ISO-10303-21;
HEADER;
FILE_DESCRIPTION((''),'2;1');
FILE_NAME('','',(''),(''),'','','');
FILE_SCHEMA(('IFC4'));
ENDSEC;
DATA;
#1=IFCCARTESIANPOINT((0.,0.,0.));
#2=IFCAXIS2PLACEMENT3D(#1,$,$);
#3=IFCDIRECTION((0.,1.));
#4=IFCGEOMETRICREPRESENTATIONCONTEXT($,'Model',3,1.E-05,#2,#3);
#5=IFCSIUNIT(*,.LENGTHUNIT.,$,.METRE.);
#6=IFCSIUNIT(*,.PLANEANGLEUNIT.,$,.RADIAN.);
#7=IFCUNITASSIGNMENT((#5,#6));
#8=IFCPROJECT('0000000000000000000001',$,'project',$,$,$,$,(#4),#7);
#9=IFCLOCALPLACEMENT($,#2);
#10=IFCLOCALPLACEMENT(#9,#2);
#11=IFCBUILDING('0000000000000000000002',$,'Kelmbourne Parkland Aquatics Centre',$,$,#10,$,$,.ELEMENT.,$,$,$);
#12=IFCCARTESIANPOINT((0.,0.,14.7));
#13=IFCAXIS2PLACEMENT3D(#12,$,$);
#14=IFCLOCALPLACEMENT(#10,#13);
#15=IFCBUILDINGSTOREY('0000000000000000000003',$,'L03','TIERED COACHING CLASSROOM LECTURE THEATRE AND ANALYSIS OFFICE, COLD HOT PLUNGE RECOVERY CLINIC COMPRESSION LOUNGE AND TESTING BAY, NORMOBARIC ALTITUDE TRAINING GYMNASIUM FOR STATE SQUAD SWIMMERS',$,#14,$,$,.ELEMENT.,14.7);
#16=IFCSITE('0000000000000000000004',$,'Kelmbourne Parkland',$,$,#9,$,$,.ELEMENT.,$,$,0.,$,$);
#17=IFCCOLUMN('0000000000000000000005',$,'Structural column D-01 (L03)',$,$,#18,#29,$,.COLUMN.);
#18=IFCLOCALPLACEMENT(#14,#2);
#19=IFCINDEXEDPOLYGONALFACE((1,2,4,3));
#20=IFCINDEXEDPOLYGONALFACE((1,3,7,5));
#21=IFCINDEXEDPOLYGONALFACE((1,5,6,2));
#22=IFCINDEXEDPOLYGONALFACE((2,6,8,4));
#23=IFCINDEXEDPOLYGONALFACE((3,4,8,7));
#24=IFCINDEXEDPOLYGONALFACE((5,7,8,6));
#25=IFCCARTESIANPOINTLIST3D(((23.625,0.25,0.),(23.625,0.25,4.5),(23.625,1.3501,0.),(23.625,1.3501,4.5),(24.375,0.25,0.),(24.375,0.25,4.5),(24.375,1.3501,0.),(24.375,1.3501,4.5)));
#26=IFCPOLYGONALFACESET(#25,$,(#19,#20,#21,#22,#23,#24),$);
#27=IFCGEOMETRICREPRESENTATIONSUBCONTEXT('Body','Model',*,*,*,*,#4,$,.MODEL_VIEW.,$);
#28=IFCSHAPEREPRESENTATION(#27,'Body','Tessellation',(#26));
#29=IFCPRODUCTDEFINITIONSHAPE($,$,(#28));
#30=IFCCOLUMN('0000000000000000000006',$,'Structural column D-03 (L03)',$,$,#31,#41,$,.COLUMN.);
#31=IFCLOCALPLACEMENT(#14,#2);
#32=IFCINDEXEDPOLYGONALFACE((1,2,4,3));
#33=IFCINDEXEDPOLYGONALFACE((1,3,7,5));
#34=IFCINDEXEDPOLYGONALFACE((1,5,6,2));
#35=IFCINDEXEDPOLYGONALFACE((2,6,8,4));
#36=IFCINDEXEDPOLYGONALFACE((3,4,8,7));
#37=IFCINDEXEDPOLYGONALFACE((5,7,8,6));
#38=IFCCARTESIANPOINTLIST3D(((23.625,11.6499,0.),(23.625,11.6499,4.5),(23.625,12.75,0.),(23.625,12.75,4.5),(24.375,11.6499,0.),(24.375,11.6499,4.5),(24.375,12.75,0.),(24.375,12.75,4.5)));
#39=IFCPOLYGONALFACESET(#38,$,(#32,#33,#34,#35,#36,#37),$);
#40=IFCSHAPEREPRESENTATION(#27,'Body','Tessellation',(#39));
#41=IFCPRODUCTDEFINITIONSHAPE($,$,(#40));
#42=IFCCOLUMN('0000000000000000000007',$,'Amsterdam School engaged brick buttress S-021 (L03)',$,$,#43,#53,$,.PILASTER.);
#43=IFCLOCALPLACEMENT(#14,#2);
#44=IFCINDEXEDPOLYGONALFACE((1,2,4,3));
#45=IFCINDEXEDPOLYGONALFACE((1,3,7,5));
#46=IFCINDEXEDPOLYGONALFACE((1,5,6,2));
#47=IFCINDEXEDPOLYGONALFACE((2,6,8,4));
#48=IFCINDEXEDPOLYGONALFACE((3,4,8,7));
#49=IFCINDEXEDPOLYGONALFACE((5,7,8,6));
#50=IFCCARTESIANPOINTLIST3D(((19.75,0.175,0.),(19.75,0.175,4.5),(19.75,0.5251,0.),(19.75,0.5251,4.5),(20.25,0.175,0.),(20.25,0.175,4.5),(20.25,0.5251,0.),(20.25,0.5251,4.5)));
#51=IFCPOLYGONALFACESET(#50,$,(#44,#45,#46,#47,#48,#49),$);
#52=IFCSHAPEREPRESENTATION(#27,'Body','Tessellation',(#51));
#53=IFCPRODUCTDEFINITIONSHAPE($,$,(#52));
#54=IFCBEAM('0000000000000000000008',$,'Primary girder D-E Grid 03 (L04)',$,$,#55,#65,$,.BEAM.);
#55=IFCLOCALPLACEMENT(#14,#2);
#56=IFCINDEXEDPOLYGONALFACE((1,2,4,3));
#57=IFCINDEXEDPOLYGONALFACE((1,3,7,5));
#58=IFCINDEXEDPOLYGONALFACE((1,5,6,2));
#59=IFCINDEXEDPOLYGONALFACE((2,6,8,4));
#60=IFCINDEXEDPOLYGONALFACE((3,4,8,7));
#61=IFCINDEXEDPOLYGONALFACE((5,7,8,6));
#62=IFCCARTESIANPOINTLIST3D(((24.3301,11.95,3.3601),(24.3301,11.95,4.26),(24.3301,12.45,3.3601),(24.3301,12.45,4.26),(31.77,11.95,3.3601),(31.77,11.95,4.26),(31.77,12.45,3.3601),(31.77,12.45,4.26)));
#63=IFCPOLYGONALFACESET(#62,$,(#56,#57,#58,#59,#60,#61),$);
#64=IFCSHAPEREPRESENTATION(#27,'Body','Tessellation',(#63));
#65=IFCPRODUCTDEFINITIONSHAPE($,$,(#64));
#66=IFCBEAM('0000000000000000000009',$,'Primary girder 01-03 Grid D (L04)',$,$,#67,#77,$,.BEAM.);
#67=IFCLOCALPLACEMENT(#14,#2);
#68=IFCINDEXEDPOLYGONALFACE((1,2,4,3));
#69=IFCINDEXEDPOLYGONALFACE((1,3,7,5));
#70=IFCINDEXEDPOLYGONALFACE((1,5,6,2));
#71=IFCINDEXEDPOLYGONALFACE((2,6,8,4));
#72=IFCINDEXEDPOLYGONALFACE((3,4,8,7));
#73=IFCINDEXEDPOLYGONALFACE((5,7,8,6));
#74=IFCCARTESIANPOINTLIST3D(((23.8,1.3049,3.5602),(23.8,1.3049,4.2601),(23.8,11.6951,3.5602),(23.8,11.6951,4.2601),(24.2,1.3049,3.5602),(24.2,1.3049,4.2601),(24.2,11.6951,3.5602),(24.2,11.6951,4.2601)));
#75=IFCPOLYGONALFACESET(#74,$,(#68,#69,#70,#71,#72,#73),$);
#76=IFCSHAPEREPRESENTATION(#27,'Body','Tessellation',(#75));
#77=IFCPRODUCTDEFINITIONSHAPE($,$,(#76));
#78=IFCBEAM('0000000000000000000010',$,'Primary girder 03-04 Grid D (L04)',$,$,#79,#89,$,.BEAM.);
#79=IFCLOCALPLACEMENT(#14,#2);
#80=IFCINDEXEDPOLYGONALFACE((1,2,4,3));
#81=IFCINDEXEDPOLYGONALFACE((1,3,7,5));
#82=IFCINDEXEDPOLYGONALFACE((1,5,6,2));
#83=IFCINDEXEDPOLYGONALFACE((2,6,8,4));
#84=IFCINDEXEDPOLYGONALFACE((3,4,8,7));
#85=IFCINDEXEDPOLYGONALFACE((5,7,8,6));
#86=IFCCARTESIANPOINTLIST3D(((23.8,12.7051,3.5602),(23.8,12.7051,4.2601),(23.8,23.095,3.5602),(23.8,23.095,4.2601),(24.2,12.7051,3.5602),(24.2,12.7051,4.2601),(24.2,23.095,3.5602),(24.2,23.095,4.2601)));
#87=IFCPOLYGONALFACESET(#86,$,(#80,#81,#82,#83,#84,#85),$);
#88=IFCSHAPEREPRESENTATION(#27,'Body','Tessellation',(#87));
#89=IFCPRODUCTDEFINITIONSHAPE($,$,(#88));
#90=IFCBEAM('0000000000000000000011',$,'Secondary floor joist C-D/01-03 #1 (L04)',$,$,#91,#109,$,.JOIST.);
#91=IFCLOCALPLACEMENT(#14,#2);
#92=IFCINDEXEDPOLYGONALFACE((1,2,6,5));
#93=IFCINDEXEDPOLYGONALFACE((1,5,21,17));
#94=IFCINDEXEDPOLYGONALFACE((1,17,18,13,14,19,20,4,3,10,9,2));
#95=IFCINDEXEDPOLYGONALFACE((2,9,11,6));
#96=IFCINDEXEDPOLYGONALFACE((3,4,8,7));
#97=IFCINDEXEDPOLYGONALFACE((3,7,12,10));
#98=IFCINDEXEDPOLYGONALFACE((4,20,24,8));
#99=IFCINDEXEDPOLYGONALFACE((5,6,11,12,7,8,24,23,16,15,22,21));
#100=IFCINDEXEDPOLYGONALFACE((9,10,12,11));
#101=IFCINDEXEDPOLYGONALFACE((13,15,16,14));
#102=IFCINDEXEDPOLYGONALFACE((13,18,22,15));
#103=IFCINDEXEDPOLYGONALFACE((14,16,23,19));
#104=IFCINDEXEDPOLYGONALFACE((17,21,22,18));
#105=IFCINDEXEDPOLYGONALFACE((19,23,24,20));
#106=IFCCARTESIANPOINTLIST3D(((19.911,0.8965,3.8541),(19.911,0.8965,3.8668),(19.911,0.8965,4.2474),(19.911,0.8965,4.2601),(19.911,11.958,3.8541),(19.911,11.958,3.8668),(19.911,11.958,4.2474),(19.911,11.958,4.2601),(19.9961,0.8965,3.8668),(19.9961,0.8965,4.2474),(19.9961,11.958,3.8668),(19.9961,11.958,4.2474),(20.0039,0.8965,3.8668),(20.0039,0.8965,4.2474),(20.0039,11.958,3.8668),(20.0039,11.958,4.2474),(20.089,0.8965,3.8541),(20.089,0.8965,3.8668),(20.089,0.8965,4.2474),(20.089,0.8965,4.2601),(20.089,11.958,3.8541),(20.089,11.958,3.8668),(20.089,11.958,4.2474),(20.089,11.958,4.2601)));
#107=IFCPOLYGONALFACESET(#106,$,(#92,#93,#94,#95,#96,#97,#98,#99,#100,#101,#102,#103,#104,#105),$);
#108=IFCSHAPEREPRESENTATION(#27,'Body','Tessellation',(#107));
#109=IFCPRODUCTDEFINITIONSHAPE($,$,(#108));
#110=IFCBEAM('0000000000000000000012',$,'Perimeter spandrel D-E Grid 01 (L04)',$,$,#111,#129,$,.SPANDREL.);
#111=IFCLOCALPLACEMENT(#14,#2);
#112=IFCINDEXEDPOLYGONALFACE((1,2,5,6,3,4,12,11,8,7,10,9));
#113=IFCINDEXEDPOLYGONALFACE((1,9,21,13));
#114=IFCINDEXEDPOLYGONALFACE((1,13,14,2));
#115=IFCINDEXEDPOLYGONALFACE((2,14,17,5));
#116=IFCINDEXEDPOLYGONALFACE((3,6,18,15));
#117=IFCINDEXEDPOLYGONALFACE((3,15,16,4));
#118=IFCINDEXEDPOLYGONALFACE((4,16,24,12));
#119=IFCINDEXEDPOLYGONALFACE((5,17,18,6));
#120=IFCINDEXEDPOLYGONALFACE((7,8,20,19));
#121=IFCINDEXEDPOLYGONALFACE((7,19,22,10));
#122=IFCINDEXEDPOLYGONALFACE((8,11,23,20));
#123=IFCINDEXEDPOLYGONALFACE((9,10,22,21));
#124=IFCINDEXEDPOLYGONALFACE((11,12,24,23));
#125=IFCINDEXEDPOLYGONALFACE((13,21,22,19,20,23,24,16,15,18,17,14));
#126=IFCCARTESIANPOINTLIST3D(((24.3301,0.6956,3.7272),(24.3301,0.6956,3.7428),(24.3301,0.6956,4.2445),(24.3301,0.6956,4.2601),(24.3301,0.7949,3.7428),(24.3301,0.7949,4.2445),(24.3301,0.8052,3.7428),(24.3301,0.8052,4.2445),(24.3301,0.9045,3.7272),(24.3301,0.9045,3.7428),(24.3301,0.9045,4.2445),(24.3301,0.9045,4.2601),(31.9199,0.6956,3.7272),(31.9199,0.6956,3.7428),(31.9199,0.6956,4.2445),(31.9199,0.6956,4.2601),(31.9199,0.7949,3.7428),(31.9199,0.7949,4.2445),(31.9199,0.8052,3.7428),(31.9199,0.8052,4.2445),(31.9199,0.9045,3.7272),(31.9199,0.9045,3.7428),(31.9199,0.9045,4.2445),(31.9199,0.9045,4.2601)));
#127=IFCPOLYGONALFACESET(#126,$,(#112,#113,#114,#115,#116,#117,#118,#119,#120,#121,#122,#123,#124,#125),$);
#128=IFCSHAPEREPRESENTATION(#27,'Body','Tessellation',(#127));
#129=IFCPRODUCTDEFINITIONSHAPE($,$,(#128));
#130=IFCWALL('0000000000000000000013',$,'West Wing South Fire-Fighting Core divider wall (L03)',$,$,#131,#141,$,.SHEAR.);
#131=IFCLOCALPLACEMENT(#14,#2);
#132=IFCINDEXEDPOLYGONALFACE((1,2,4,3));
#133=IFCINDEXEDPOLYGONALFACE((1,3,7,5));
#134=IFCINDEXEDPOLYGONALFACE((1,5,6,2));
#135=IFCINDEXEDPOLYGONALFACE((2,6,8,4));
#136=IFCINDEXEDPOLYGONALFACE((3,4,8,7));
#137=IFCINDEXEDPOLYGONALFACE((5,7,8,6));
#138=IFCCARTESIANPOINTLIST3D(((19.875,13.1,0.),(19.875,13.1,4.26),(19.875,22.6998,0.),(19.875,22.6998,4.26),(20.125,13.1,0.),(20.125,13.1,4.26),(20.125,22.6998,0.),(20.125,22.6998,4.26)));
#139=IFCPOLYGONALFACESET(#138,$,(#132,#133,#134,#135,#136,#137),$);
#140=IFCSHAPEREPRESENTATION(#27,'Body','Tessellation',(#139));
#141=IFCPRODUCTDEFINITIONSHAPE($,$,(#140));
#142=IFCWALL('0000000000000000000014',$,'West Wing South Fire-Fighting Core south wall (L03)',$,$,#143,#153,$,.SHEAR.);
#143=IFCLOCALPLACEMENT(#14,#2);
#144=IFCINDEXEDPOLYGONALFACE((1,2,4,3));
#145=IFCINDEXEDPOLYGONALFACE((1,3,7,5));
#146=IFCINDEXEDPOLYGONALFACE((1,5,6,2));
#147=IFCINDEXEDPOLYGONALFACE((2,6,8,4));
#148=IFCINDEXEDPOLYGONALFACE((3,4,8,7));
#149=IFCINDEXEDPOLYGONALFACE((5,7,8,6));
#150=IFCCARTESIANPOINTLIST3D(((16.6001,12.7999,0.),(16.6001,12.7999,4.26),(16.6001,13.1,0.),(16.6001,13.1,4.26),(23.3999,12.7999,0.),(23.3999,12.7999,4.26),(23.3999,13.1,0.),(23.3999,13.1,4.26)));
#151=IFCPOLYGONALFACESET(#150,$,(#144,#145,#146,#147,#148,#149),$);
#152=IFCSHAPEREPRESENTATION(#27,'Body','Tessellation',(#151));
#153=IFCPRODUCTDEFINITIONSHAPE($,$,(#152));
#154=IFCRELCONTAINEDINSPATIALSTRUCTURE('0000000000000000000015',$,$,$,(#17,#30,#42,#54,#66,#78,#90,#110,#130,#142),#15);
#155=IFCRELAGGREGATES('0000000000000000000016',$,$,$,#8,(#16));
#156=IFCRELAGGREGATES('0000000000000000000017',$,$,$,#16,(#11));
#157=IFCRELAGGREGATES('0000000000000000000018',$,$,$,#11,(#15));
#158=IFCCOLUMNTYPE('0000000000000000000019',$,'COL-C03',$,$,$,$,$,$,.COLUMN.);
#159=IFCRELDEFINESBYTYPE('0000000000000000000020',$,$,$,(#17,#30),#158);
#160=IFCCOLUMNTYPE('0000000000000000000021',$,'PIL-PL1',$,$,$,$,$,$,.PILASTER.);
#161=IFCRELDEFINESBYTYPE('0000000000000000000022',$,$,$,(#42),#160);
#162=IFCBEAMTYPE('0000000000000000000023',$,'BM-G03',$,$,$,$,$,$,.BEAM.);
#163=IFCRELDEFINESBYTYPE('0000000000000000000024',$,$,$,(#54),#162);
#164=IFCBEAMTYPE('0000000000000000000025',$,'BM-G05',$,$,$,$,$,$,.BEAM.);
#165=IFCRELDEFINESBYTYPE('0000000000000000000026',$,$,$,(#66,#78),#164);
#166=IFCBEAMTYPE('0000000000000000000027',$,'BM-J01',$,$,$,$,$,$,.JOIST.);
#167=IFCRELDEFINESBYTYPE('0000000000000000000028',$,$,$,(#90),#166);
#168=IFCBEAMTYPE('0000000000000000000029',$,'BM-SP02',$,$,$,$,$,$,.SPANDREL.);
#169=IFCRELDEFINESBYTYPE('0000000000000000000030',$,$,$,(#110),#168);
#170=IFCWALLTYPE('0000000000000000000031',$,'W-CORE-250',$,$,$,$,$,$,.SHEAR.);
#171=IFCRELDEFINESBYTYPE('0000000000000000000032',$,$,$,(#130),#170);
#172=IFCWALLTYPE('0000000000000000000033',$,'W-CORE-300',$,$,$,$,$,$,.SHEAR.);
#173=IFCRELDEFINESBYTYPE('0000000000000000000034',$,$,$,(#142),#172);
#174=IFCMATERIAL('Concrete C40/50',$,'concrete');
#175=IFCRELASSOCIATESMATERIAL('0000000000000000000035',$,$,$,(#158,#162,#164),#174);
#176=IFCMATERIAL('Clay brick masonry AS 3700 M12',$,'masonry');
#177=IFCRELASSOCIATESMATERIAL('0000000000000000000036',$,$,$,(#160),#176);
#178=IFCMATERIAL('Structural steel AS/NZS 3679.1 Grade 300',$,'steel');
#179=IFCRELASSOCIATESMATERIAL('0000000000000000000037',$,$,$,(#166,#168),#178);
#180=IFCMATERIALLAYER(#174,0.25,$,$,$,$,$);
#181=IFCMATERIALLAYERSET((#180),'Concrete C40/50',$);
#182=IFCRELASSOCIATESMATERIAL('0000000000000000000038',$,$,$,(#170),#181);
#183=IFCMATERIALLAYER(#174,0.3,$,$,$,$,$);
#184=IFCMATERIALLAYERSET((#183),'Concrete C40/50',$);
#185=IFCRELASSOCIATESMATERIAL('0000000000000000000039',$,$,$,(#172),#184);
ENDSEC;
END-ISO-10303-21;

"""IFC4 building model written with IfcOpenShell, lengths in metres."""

from ifc_helpers import new_model, si_unit, direction, frame, frame_2d, origin, origin_2d, place, context, subcontext, project, spatial, rectangle, i_section, extrude, material, layer, layer_set, material_profile, profile_set, type_object, element, save


model = new_model("IFC4")

# Units and contexts
model_context = context("Model", 3, precision=1e-05, world=origin(), true_north=direction((0.0, 1.0)))
body_context = subcontext(model_context, "Body", "Model", "MODEL_VIEW")
ifc_project = project(units=[si_unit("LENGTHUNIT", "METRE"), si_unit("PLANEANGLEUNIT", "RADIAN")], contexts=[model_context])

# Site, building, storey
site_placement = place(None, origin())
site = spatial("IfcSite", under=ifc_project, at=site_placement, Name="Kelmbourne Parkland", CompositionType="ELEMENT", RefElevation=0.0)
building_placement = place(site_placement, origin())
building = spatial("IfcBuilding", under=site, at=building_placement, Name="Kelmbourne Parkland Aquatics Centre", CompositionType="ELEMENT")
storey_placement = place(building_placement, frame((0.0, 0.0, 14.7)))
storey = spatial("IfcBuildingStorey", under=building, at=storey_placement, Name="L03", Description="TIERED COACHING CLASSROOM LECTURE THEATRE AND ANALYSIS OFFICE, COLD HOT PLUNGE RECOVERY CLINIC COMPRESSION LOUNGE AND TESTING BAY, NORMOBARIC ALTITUDE TRAINING GYMNASIUM FOR STATE SQUAD SWIMMERS", CompositionType="ELEMENT", Elevation=14.7)

# Columns
ifc_material_1 = material(Name="Concrete C40/50", Category="concrete")
ifc_material_profile_1 = material_profile(ifc_material_1, rectangle(XDim=0.75, YDim=1.1001, at=origin_2d()), Name="RC 750x1100")
ifc_profile_set_1 = profile_set([ifc_material_profile_1], Name="Concrete C40/50")
column_type_1 = type_object("IfcColumnType", Name="COL-C03", PredefinedType="COLUMN", material=ifc_profile_set_1)
for number, where, z_axis, x_axis, name in (
    (1, (24.0, 0.8, 0.0), (0.0, 0.0, 1.0), (1.0, 0.0, 0.0), "Structural column D-01 (L03)"),
    (2, (24.0, 12.2, 0.0), (0.0, 0.0, 1.0), (1.0, 0.0, 0.0), "Structural column D-03 (L03)"),
):
    element("IfcColumn", number, at=place(storey_placement, frame(where, z_axis=z_axis, x_axis=x_axis)), inside=storey, type_object=column_type_1, Name=name, PredefinedType="COLUMN", context=body_context, shape_type="SweptSolid", body=[
        extrude(rectangle(XDim=0.75, YDim=1.1001, at=origin_2d()), origin(), (0.0, 0.0, 1.0), 4.5),
    ])
ifc_material_2 = material(Name="Clay brick masonry AS 3700 M12", Category="masonry")
ifc_material_profile_2 = material_profile(ifc_material_2, rectangle(XDim=0.3501, YDim=0.5, at=origin_2d()), Name="PIL 350x500")
ifc_profile_set_2 = profile_set([ifc_material_profile_2], Name="Clay brick masonry AS 3700 M12")
column_type_2 = type_object("IfcColumnType", Name="PIL-PL1", PredefinedType="PILASTER", material=ifc_profile_set_2)
column_placement = place(storey_placement, frame((20.0, 0.3501, 0.0), z_axis=(0.0, 0.0, 1.0), x_axis=(0.0, 1.0, 0.0)))
element("IfcColumn", 3, at=column_placement, inside=storey, type_object=column_type_2, Name="Amsterdam School engaged brick buttress S-021 (L03)", PredefinedType="PILASTER", context=body_context, shape_type="SweptSolid", body=[
    extrude(rectangle(XDim=0.3501, YDim=0.5, at=origin_2d()), origin(), (0.0, 0.0, 1.0), 4.5),
])

# Beams
ifc_material_profile_3 = material_profile(ifc_material_1, rectangle(XDim=0.5, YDim=0.8999, at=origin_2d()), Name="RC 500x900")
ifc_profile_set_3 = profile_set([ifc_material_profile_3], Name="Concrete C40/50")
beam_type_1 = type_object("IfcBeamType", Name="BM-G03", PredefinedType="BEAM", material=ifc_profile_set_3)
beam_1_placement = place(storey_placement, frame((24.3301, 12.2, 3.8101), z_axis=(1.0, 0.0, 0.0), x_axis=(0.0, 1.0, 0.0)))
element("IfcBeam", 4, at=beam_1_placement, inside=storey, type_object=beam_type_1, Name="Primary girder D-E Grid 03 (L04)", PredefinedType="BEAM", context=body_context, shape_type="SweptSolid", body=[
    extrude(rectangle(XDim=0.5, YDim=0.8999, at=origin_2d()), origin(), (0.0, 0.0, 1.0), 7.4399),
])
ifc_material_profile_4 = material_profile(ifc_material_1, rectangle(XDim=0.3999, YDim=0.7, at=origin_2d()), Name="RC 400x700")
ifc_profile_set_4 = profile_set([ifc_material_profile_4], Name="Concrete C40/50")
beam_type_2 = type_object("IfcBeamType", Name="BM-G05", PredefinedType="BEAM", material=ifc_profile_set_4)
beam_2_placement = place(storey_placement, frame((24.0, 1.3049, 3.9102), z_axis=(0.0, 1.0, 0.0), x_axis=(-1.0, 0.0, 0.0)))
element("IfcBeam", 5, at=beam_2_placement, inside=storey, type_object=beam_type_2, Name="Primary girder 01-03 Grid D (L04)", PredefinedType="BEAM", context=body_context, shape_type="SweptSolid", body=[
    extrude(rectangle(XDim=0.3999, YDim=0.7, at=origin_2d()), origin(), (0.0, 0.0, 1.0), 10.3901),
])
beam_3_placement = place(storey_placement, frame((24.0, 12.7051, 3.9102), z_axis=(0.0, 1.0, 0.0), x_axis=(-1.0, 0.0, 0.0)))
element("IfcBeam", 6, at=beam_3_placement, inside=storey, type_object=beam_type_2, Name="Primary girder 03-04 Grid D (L04)", PredefinedType="BEAM", context=body_context, shape_type="SweptSolid", body=[
    extrude(rectangle(XDim=0.3999, YDim=0.7, at=origin_2d()), origin(), (0.0, 0.0, 1.0), 10.3899),
])
ifc_material_3 = material(Name="Structural steel AS/NZS 3679.1 Grade 300", Category="steel")
ifc_material_profile_5 = material_profile(ifc_material_3, i_section(OverallWidth=0.178, OverallDepth=0.406, WebThickness=0.0078, FlangeThickness=0.0127, at=origin_2d()), Name="410UB59.7")
ifc_profile_set_5 = profile_set([ifc_material_profile_5], Name="Structural steel AS/NZS 3679.1 Grade 300")
beam_type_3 = type_object("IfcBeamType", Name="BM-J01", PredefinedType="JOIST", material=ifc_profile_set_5)
beam_4_placement = place(storey_placement, frame((20.0, 0.8965, 4.0571), z_axis=(0.0, 1.0, 0.0), x_axis=(-1.0, 0.0, 0.0)))
element("IfcBeam", 7, at=beam_4_placement, inside=storey, type_object=beam_type_3, Name="Secondary floor joist C-D/01-03 #1 (L04)", PredefinedType="JOIST", context=body_context, shape_type="SweptSolid", body=[
    extrude(i_section(OverallWidth=0.178, OverallDepth=0.406, WebThickness=0.0078, FlangeThickness=0.0127, at=origin_2d()), origin(), (0.0, 0.0, 1.0), 11.0615),
])
ifc_material_profile_6 = material_profile(ifc_material_3, i_section(OverallWidth=0.209, OverallDepth=0.533, WebThickness=0.0103, FlangeThickness=0.0156, at=origin_2d()), Name="530UB92.4")
ifc_profile_set_6 = profile_set([ifc_material_profile_6], Name="Structural steel AS/NZS 3679.1 Grade 300")
beam_type_4 = type_object("IfcBeamType", Name="BM-SP02", PredefinedType="SPANDREL", material=ifc_profile_set_6)
beam_5_placement = place(storey_placement, frame((24.3301, 0.8, 3.9937), z_axis=(1.0, 0.0, 0.0), x_axis=(0.0, 1.0, 0.0)))
element("IfcBeam", 8, at=beam_5_placement, inside=storey, type_object=beam_type_4, Name="Perimeter spandrel D-E Grid 01 (L04)", PredefinedType="SPANDREL", context=body_context, shape_type="SweptSolid", body=[
    extrude(i_section(OverallWidth=0.209, OverallDepth=0.533, WebThickness=0.0103, FlangeThickness=0.0156, at=origin_2d()), origin(), (0.0, 0.0, 1.0), 7.5898),
])

# Walls
ifc_layer_1 = layer(ifc_material_1, 0.25)
ifc_layer_set_1 = layer_set([ifc_layer_1], Name="Concrete C40/50")
wall_type_1 = type_object("IfcWallType", Name="W-CORE-250", PredefinedType="SHEAR", material=ifc_layer_set_1)
wall_1_placement = place(storey_placement, frame((20.0, 13.1001, 0.0), z_axis=(0.0, 0.0, 1.0), x_axis=(0.0, 1.0, 0.0)))
element("IfcWall", 9, at=wall_1_placement, inside=storey, type_object=wall_type_1, Name="West Wing South Fire-Fighting Core divider wall (L03)", PredefinedType="SHEAR", context=body_context, shape_type="SweptSolid", body=[
    extrude(rectangle(XDim=9.5999, YDim=0.25, at=frame_2d((4.7998, 0.0))), origin(), (0.0, 0.0, 1.0), 4.26),
])
ifc_layer_2 = layer(ifc_material_1, 0.3)
ifc_layer_set_2 = layer_set([ifc_layer_2], Name="Concrete C40/50")
wall_type_2 = type_object("IfcWallType", Name="W-CORE-300", PredefinedType="SHEAR", material=ifc_layer_set_2)
wall_2_placement = place(storey_placement, frame((16.6001, 12.95, 0.0), z_axis=(0.0, 0.0, 1.0), x_axis=(1.0, 0.0, 0.0)))
element("IfcWall", 10, at=wall_2_placement, inside=storey, type_object=wall_type_2, Name="West Wing South Fire-Fighting Core south wall (L03)", PredefinedType="SHEAR", context=body_context, shape_type="SweptSolid", body=[
    extrude(rectangle(XDim=6.7998, YDim=0.3, at=frame_2d((3.3999, 0.0))), origin(), (0.0, 0.0, 1.0), 4.26),
])

save(model, "model.ifc")
